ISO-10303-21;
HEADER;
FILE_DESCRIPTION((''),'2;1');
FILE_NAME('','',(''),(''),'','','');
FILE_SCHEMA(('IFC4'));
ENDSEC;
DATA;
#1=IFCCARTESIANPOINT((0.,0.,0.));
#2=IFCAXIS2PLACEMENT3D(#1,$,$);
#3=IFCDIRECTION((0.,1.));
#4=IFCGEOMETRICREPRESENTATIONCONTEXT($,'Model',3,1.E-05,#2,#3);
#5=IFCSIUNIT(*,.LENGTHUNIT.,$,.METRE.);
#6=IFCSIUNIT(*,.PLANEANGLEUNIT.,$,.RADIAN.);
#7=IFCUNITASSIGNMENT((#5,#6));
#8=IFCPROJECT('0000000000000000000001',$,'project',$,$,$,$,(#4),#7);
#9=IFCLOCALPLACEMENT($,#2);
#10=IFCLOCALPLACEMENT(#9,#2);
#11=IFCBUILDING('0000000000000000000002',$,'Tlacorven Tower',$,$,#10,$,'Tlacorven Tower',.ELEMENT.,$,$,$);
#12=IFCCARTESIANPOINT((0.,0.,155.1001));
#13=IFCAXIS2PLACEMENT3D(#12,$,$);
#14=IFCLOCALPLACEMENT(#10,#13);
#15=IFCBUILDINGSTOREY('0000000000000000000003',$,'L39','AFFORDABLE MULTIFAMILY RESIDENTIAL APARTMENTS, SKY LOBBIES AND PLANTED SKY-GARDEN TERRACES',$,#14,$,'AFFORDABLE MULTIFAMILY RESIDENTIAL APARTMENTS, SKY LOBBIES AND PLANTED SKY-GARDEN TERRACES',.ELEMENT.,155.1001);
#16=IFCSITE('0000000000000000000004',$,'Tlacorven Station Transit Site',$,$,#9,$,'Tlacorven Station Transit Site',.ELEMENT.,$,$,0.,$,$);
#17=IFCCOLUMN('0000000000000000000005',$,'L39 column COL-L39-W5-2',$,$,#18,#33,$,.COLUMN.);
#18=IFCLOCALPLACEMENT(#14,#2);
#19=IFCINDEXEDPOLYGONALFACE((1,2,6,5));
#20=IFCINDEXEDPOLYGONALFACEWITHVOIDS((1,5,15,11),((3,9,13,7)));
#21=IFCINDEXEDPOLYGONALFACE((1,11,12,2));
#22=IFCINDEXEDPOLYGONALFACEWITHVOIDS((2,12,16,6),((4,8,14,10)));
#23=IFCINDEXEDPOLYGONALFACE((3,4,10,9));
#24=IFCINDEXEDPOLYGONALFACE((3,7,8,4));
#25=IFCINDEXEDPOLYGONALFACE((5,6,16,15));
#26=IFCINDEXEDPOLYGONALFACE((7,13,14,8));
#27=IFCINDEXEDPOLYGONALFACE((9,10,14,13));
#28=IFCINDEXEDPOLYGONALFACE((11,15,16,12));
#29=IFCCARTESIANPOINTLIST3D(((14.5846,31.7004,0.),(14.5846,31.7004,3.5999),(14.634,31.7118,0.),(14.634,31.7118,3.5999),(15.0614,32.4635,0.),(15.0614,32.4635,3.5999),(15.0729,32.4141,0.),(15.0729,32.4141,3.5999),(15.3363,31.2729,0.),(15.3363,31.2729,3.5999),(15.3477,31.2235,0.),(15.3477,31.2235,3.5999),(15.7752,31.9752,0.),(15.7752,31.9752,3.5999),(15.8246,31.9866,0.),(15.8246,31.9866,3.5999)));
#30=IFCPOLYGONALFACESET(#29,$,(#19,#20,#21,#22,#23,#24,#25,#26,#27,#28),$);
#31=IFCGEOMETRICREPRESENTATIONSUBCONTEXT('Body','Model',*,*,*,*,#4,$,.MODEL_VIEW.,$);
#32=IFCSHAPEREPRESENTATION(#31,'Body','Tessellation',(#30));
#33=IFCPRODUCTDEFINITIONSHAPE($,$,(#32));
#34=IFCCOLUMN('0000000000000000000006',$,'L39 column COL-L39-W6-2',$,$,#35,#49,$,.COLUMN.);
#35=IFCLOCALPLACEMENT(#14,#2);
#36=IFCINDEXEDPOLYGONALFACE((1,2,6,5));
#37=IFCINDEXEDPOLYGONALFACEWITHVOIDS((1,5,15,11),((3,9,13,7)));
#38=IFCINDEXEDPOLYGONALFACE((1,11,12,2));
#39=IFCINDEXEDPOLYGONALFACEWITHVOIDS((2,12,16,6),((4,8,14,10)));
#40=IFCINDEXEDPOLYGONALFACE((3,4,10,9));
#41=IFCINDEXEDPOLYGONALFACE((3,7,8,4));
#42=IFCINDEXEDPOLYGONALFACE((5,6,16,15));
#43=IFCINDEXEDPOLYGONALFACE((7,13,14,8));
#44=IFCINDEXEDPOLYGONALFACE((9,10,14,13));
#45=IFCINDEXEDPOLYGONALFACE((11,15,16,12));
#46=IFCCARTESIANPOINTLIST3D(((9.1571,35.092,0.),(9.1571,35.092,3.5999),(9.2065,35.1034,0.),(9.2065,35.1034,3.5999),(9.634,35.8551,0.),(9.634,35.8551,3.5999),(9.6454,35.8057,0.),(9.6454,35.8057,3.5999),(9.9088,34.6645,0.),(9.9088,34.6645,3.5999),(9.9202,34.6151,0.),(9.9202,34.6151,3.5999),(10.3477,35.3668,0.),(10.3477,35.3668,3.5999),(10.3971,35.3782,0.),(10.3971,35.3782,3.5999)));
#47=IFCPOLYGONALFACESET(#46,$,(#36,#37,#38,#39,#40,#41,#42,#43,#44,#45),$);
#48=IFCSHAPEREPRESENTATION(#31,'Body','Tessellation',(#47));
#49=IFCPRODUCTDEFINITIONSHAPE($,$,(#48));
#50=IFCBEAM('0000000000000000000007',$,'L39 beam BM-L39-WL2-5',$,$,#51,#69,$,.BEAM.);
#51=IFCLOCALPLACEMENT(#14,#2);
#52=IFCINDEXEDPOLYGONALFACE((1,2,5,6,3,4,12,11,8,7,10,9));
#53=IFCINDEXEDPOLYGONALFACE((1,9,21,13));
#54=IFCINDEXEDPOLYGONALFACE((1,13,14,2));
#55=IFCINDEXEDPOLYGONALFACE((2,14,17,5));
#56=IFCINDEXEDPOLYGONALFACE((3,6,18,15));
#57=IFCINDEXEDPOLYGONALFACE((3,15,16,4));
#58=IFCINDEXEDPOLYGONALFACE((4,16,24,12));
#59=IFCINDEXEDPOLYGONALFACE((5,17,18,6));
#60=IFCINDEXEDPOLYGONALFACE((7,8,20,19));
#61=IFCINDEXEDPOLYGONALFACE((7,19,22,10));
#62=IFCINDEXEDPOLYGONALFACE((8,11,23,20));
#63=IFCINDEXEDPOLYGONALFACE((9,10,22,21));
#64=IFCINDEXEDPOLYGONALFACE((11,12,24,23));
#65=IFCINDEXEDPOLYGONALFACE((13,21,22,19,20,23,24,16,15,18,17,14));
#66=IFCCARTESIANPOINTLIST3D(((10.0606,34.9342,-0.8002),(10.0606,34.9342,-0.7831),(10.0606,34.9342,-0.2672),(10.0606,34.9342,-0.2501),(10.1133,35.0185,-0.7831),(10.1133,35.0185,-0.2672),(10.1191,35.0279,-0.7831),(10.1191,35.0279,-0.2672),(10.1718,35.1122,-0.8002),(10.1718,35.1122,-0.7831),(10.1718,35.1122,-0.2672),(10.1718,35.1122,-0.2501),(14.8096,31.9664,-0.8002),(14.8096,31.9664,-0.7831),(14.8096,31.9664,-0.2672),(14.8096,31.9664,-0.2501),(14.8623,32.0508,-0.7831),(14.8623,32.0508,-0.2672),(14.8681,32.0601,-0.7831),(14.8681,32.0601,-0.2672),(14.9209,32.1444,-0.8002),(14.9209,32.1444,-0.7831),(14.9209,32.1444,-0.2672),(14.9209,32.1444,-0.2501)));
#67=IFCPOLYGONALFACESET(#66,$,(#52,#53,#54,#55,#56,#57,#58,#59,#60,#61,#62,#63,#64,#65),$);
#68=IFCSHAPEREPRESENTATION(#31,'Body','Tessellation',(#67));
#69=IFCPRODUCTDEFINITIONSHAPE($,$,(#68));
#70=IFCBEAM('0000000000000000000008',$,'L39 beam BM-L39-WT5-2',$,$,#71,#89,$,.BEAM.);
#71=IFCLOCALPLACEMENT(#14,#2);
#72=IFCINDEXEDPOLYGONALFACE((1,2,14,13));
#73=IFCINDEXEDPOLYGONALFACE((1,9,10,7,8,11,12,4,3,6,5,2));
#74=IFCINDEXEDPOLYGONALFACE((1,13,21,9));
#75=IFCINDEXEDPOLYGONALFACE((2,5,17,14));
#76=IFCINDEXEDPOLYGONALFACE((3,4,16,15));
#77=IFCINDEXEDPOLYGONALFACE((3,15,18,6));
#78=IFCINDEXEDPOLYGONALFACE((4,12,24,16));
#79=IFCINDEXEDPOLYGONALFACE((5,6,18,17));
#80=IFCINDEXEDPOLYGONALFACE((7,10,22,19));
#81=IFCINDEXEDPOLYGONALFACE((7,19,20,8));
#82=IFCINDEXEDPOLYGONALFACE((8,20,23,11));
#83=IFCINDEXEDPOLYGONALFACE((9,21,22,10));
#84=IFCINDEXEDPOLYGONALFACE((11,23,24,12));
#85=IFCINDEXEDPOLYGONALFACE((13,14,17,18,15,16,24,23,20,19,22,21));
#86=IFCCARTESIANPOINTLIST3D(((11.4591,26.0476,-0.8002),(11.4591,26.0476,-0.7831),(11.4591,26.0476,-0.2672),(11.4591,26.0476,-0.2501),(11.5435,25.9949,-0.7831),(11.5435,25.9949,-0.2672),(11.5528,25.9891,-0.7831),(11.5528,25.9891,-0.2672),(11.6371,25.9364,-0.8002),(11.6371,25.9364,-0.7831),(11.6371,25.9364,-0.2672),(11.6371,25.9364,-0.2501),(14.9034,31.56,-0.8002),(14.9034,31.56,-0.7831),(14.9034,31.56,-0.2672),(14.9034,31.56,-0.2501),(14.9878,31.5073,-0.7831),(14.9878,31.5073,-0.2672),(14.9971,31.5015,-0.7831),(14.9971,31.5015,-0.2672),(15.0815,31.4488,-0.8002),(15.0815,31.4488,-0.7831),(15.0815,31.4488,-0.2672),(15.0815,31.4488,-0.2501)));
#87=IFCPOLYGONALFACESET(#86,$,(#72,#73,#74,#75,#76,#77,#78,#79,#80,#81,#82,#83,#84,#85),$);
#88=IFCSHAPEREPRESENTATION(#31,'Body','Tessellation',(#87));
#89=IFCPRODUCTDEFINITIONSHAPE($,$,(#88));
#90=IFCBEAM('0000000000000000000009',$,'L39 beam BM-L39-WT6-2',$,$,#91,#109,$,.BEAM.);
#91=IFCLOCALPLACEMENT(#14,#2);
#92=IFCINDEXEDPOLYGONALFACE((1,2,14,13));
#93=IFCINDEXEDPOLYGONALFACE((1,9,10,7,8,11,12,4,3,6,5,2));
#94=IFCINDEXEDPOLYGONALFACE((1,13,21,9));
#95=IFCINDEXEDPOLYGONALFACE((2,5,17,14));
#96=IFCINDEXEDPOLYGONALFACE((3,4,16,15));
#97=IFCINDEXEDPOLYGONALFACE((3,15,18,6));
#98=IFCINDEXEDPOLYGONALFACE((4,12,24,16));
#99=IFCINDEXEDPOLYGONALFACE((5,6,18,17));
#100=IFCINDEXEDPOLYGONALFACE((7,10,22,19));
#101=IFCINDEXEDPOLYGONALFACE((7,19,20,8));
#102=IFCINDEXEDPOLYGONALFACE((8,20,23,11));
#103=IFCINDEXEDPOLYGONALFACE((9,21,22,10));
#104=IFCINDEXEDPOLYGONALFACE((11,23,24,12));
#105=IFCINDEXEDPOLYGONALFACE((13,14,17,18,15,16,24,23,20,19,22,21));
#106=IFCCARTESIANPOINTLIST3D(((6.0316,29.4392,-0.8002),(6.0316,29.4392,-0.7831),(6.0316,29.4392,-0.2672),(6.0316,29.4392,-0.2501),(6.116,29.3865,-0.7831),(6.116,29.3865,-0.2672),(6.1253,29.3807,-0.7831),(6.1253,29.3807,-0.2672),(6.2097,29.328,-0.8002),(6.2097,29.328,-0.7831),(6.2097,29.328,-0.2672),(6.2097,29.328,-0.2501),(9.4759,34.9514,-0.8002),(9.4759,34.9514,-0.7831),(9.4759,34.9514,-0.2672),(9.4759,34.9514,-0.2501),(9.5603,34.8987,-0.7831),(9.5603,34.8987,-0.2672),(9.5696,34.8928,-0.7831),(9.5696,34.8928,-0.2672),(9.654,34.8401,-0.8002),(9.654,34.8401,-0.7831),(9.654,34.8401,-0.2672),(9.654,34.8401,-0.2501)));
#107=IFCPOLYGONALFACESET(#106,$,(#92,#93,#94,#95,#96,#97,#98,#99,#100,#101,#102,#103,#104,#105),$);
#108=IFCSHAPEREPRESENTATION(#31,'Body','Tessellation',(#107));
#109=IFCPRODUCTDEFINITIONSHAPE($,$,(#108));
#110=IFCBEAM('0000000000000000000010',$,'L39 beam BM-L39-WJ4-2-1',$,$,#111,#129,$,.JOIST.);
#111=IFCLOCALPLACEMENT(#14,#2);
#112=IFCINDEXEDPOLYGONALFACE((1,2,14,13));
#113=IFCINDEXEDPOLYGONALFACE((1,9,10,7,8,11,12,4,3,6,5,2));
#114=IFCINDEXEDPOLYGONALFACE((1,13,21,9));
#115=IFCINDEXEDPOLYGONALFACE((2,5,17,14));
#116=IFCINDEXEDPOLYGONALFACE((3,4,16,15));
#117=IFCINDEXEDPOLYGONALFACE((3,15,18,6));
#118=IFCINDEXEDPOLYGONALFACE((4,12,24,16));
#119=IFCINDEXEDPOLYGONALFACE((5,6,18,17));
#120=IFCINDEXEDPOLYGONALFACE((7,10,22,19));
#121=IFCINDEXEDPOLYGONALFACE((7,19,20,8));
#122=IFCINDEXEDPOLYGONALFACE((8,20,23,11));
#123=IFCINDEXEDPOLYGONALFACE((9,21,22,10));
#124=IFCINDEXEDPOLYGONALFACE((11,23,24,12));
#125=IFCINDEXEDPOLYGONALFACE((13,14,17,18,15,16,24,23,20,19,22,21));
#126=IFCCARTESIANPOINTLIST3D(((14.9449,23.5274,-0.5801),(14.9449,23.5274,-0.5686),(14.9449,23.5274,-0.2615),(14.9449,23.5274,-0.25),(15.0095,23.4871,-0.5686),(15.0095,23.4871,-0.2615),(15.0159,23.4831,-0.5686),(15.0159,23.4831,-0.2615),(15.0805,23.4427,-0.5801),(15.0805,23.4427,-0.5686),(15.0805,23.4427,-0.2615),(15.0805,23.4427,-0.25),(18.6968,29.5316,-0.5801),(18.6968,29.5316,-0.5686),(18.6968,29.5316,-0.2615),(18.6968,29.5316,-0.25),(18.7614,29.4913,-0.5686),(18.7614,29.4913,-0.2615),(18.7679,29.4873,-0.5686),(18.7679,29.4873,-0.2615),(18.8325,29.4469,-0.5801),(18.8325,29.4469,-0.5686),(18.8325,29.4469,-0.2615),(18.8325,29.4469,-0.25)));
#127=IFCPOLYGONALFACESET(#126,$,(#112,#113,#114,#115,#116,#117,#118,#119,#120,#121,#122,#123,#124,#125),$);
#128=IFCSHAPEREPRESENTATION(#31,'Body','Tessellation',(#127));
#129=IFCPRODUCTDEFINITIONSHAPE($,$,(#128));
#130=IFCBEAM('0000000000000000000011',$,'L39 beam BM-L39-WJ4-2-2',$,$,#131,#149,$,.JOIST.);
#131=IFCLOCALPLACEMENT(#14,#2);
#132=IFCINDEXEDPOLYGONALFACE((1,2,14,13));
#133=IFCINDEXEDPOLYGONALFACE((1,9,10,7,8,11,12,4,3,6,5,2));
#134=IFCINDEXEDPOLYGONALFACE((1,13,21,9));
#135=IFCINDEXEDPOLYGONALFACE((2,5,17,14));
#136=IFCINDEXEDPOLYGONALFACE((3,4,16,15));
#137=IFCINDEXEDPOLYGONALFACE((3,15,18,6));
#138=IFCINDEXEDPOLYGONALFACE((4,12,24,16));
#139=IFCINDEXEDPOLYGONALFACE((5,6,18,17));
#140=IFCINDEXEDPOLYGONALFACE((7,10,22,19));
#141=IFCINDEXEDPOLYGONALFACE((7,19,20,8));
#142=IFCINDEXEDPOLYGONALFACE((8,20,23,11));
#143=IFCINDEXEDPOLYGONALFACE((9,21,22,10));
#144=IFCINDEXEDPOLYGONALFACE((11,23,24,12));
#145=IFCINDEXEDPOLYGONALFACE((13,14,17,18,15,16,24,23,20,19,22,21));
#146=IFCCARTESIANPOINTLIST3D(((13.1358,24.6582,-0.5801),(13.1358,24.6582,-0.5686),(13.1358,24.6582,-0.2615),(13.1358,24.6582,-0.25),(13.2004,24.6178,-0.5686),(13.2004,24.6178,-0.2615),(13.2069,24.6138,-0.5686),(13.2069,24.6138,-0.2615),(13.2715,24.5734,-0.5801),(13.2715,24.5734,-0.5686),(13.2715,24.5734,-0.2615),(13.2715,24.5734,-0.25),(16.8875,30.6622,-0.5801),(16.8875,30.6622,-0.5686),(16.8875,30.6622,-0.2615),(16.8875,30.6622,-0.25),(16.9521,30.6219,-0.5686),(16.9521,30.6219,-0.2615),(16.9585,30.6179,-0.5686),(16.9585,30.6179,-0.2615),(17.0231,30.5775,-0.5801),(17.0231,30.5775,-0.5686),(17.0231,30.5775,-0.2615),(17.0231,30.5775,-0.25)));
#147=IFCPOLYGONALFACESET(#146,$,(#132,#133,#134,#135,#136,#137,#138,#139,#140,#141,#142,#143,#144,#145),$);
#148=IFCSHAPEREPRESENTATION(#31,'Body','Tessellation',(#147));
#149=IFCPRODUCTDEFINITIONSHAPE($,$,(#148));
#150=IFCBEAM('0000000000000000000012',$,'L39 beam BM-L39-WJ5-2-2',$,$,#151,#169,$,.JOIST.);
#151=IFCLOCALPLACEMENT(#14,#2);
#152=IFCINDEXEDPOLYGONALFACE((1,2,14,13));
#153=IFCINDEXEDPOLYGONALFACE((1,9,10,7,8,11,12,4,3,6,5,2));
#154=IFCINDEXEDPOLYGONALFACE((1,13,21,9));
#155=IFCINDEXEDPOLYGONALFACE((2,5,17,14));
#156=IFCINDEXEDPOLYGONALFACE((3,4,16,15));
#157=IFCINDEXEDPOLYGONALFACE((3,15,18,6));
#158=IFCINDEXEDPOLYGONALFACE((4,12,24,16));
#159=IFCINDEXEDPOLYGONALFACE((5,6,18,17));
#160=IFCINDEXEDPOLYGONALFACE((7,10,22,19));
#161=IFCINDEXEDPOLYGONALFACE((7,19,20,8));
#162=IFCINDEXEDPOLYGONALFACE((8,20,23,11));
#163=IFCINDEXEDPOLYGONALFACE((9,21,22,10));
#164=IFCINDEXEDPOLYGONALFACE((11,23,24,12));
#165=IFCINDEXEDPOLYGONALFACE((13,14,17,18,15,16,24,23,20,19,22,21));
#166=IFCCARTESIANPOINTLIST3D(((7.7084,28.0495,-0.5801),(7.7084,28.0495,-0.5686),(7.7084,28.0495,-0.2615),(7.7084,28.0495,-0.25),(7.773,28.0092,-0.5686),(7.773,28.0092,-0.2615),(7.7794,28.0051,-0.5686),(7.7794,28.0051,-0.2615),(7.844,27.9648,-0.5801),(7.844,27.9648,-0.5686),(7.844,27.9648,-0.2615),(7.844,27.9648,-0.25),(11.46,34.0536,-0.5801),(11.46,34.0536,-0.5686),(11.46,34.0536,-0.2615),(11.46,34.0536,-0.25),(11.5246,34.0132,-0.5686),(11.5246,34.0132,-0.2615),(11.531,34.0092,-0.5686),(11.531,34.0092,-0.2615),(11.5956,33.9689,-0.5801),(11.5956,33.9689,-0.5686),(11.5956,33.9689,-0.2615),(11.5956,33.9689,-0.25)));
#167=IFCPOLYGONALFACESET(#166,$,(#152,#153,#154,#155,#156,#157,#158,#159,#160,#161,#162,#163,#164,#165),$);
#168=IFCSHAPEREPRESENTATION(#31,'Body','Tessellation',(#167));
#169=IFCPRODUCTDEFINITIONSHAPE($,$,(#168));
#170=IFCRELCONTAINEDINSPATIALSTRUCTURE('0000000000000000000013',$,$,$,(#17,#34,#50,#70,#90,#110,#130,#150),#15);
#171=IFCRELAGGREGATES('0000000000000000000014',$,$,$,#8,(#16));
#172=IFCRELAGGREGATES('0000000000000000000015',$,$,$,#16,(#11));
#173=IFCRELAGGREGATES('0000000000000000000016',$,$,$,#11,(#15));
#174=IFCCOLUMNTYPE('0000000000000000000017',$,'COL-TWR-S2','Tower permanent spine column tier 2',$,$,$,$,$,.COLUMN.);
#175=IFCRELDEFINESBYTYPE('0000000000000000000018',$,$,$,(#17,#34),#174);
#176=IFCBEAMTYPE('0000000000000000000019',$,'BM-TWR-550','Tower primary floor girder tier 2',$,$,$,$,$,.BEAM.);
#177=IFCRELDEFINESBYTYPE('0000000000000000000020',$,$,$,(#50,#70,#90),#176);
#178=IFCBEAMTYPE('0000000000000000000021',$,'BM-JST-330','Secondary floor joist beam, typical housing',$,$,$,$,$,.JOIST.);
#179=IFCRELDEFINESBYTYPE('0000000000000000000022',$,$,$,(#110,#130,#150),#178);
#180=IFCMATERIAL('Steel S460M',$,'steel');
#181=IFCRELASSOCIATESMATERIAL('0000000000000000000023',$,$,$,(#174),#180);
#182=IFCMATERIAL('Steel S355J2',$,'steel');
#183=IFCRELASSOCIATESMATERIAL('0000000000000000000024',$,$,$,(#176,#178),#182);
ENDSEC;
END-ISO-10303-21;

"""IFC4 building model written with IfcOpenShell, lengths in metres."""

from ifc_helpers import new_model, si_unit, direction, frame, origin, origin_2d, place, context, subcontext, project, spatial, hollow_rectangle, i_section, extrude, source, transform, mapped, material, material_profile, profile_set, type_object, element, save


model = new_model("IFC4")

# Units and contexts
model_context = context("Model", 3, precision=1e-05, world=origin(), true_north=direction((0.0, 1.0)))
body_context = subcontext(model_context, "Body", "Model", "MODEL_VIEW")
ifc_project = project(units=[si_unit("LENGTHUNIT", "METRE"), si_unit("PLANEANGLEUNIT", "RADIAN")], contexts=[model_context])

# Site, building, storey
site_placement = place(None, origin())
site = spatial("IfcSite", under=ifc_project, at=site_placement, Name="Tlacorven Station Transit Site", LongName="Tlacorven Station Transit Site", CompositionType="ELEMENT", RefElevation=0.0)
building_placement = place(site_placement, origin())
building = spatial("IfcBuilding", under=site, at=building_placement, Name="Tlacorven Tower", LongName="Tlacorven Tower", CompositionType="ELEMENT")
storey_placement = place(building_placement, frame((0.0, 0.0, 155.1001)))
storey = spatial("IfcBuildingStorey", under=building, at=storey_placement, Name="L39", Description="AFFORDABLE MULTIFAMILY RESIDENTIAL APARTMENTS, SKY LOBBIES AND PLANTED SKY-GARDEN TERRACES", LongName="AFFORDABLE MULTIFAMILY RESIDENTIAL APARTMENTS, SKY LOBBIES AND PLANTED SKY-GARDEN TERRACES", CompositionType="ELEMENT", Elevation=155.1001)

# Columns
ifc_material_1 = material(Name="Steel S460M", Category="steel")
ifc_material_profile_1 = material_profile(ifc_material_1, hollow_rectangle(XDim=0.8999, YDim=0.8999, WallThickness=0.0359, at=origin_2d()), Name="BOX 900X900X36")
ifc_profile_set_1 = profile_set([ifc_material_profile_1], Name="Steel S460M")
column_type = type_object("IfcColumnType", Name="COL-TWR-S2", Description="Tower permanent spine column tier 2", PredefinedType="COLUMN", material=ifc_profile_set_1)
shared_shape_1 = source(origin(), body_context, "Body", "SweptSolid", [
    extrude(hollow_rectangle(XDim=0.8999, YDim=0.8999, WallThickness=0.0359, at=origin_2d()), origin(), (0.0, 0.0, 1.0), 3.5999),
])
for number, where, z_axis, x_axis, name in (
    (1, (15.2046, 31.8435, 0.0), (0.0, 0.0, 1.0), (-0.848048, 0.529919, 0.0), "L39 column COL-L39-W5-2"),
    (2, (9.7771, 35.2351, 0.0), (0.0, 0.0, 1.0), (-0.848048, 0.529919, 0.0), "L39 column COL-L39-W6-2"),
):
    element("IfcColumn", number, at=place(storey_placement, frame(where, z_axis=z_axis, x_axis=x_axis)), inside=storey, type_object=column_type, Name=name, PredefinedType="COLUMN", context=body_context, shape_type="MappedRepresentation", body=[
        mapped(shared_shape_1, transform((0.0, 0.0, 0.0), scale=1.0)),
    ])

# Beams
ifc_material_2 = material(Name="Steel S355J2", Category="steel")
ifc_material_profile_2 = material_profile(ifc_material_2, i_section(OverallWidth=0.21, OverallDepth=0.55, WebThickness=0.011, FlangeThickness=0.0171, at=origin_2d()), Name="IPE 550")
ifc_profile_set_2 = profile_set([ifc_material_profile_2], Name="Steel S355J2")
beam_type_1 = type_object("IfcBeamType", Name="BM-TWR-550", Description="Tower primary floor girder tier 2", PredefinedType="BEAM", material=ifc_profile_set_2)
shared_shape_2 = source(origin(), body_context, "Body", "SweptSolid", [
    extrude(i_section(OverallWidth=0.21, OverallDepth=0.55, WebThickness=0.011, FlangeThickness=0.0171, at=origin_2d()), origin(), (0.0, 0.0, 1.0), 5.6001),
])
beam_1_placement = place(storey_placement, frame((14.8652, 32.0554, -0.5251), z_axis=(-0.848028, 0.529952, 0.0), x_axis=(-0.529952, -0.848028, 0.0)))
element("IfcBeam", 3, at=beam_1_placement, inside=storey, type_object=beam_type_1, Name="L39 beam BM-L39-WL2-5", PredefinedType="BEAM", context=body_context, shape_type="MappedRepresentation", body=[
    mapped(shared_shape_2, transform((0.0, 0.0, 0.0), scale=1.0)),
])
shared_shape_3 = source(origin(), body_context, "Body", "SweptSolid", [
    extrude(i_section(OverallWidth=0.21, OverallDepth=0.55, WebThickness=0.011, FlangeThickness=0.0171, at=origin_2d()), origin(), (0.0, 0.0, 1.0), 6.5),
])
beam_2_placement = place(storey_placement, frame((14.9924, 31.5044, -0.5251), z_axis=(-0.529894, -0.848064, 0.0), x_axis=(0.848064, -0.529894, 0.0)))
element("IfcBeam", 4, at=beam_2_placement, inside=storey, type_object=beam_type_1, Name="L39 beam BM-L39-WT5-2", PredefinedType="BEAM", context=body_context, shape_type="MappedRepresentation", body=[
    mapped(shared_shape_3, transform((0.0, 0.0, 0.0), scale=1.0)),
])
shared_shape_4 = source(origin(), body_context, "Body", "SweptSolid", [
    extrude(i_section(OverallWidth=0.21, OverallDepth=0.55, WebThickness=0.011, FlangeThickness=0.0171, at=origin_2d()), origin(), (0.0, 0.0, 1.0), 6.4998),
])
beam_3_placement = place(storey_placement, frame((9.5649, 34.8958, -0.5251), z_axis=(-0.529911, -0.848053, 0.0), x_axis=(0.848053, -0.529911, 0.0)))
element("IfcBeam", 5, at=beam_3_placement, inside=storey, type_object=beam_type_1, Name="L39 beam BM-L39-WT6-2", PredefinedType="BEAM", context=body_context, shape_type="MappedRepresentation", body=[
    mapped(shared_shape_4, transform((0.0, 0.0, 0.0), scale=1.0)),
])
ifc_material_profile_3 = material_profile(ifc_material_2, i_section(OverallWidth=0.1599, OverallDepth=0.3301, WebThickness=0.0076, FlangeThickness=0.0115, at=origin_2d()), Name="IPE 330")
ifc_profile_set_3 = profile_set([ifc_material_profile_3], Name="Steel S355J2")
beam_type_2 = type_object("IfcBeamType", Name="BM-JST-330", Description="Secondary floor joist beam, typical housing", PredefinedType="JOIST", material=ifc_profile_set_3)
shared_shape_5 = source(origin(), body_context, "Body", "SweptSolid", [
    extrude(i_section(OverallWidth=0.1599, OverallDepth=0.3301, WebThickness=0.0076, FlangeThickness=0.0115, at=origin_2d()), origin(), (0.0, 0.0, 1.0), 7.0801),
])
beam_4_placement = place(storey_placement, frame((18.7646, 29.4893, -0.415), z_axis=(-0.529934, -0.848039, 0.0), x_axis=(0.848039, -0.529934, 0.0)))
element("IfcBeam", 6, at=beam_4_placement, inside=storey, type_object=beam_type_2, Name="L39 beam BM-L39-WJ4-2-1", PredefinedType="JOIST", context=body_context, shape_type="MappedRepresentation", body=[
    mapped(shared_shape_5, transform((0.0, 0.0, 0.0), scale=1.0)),
])
shared_shape_6 = source(origin(), body_context, "Body", "SweptSolid", [
    extrude(i_section(OverallWidth=0.1599, OverallDepth=0.3301, WebThickness=0.0076, FlangeThickness=0.0115, at=origin_2d()), origin(), (0.0, 0.0, 1.0), 7.0798),
])
for number, where, z_axis, x_axis, name in (
    (7, (16.9553, 30.6199, -0.415), (-0.529909, -0.848054, 0.0), (0.848054, -0.529909, 0.0), "L39 beam BM-L39-WJ4-2-2"),
    (8, (11.5278, 34.0112, -0.415), (-0.529909, -0.848054, 0.0), (0.848054, -0.529909, 0.0), "L39 beam BM-L39-WJ5-2-2"),
):
    element("IfcBeam", number, at=place(storey_placement, frame(where, z_axis=z_axis, x_axis=x_axis)), inside=storey, type_object=beam_type_2, Name=name, PredefinedType="JOIST", context=body_context, shape_type="MappedRepresentation", body=[
        mapped(shared_shape_6, transform((0.0, 0.0, 0.0), scale=1.0)),
    ])

save(model, "model.ifc")
